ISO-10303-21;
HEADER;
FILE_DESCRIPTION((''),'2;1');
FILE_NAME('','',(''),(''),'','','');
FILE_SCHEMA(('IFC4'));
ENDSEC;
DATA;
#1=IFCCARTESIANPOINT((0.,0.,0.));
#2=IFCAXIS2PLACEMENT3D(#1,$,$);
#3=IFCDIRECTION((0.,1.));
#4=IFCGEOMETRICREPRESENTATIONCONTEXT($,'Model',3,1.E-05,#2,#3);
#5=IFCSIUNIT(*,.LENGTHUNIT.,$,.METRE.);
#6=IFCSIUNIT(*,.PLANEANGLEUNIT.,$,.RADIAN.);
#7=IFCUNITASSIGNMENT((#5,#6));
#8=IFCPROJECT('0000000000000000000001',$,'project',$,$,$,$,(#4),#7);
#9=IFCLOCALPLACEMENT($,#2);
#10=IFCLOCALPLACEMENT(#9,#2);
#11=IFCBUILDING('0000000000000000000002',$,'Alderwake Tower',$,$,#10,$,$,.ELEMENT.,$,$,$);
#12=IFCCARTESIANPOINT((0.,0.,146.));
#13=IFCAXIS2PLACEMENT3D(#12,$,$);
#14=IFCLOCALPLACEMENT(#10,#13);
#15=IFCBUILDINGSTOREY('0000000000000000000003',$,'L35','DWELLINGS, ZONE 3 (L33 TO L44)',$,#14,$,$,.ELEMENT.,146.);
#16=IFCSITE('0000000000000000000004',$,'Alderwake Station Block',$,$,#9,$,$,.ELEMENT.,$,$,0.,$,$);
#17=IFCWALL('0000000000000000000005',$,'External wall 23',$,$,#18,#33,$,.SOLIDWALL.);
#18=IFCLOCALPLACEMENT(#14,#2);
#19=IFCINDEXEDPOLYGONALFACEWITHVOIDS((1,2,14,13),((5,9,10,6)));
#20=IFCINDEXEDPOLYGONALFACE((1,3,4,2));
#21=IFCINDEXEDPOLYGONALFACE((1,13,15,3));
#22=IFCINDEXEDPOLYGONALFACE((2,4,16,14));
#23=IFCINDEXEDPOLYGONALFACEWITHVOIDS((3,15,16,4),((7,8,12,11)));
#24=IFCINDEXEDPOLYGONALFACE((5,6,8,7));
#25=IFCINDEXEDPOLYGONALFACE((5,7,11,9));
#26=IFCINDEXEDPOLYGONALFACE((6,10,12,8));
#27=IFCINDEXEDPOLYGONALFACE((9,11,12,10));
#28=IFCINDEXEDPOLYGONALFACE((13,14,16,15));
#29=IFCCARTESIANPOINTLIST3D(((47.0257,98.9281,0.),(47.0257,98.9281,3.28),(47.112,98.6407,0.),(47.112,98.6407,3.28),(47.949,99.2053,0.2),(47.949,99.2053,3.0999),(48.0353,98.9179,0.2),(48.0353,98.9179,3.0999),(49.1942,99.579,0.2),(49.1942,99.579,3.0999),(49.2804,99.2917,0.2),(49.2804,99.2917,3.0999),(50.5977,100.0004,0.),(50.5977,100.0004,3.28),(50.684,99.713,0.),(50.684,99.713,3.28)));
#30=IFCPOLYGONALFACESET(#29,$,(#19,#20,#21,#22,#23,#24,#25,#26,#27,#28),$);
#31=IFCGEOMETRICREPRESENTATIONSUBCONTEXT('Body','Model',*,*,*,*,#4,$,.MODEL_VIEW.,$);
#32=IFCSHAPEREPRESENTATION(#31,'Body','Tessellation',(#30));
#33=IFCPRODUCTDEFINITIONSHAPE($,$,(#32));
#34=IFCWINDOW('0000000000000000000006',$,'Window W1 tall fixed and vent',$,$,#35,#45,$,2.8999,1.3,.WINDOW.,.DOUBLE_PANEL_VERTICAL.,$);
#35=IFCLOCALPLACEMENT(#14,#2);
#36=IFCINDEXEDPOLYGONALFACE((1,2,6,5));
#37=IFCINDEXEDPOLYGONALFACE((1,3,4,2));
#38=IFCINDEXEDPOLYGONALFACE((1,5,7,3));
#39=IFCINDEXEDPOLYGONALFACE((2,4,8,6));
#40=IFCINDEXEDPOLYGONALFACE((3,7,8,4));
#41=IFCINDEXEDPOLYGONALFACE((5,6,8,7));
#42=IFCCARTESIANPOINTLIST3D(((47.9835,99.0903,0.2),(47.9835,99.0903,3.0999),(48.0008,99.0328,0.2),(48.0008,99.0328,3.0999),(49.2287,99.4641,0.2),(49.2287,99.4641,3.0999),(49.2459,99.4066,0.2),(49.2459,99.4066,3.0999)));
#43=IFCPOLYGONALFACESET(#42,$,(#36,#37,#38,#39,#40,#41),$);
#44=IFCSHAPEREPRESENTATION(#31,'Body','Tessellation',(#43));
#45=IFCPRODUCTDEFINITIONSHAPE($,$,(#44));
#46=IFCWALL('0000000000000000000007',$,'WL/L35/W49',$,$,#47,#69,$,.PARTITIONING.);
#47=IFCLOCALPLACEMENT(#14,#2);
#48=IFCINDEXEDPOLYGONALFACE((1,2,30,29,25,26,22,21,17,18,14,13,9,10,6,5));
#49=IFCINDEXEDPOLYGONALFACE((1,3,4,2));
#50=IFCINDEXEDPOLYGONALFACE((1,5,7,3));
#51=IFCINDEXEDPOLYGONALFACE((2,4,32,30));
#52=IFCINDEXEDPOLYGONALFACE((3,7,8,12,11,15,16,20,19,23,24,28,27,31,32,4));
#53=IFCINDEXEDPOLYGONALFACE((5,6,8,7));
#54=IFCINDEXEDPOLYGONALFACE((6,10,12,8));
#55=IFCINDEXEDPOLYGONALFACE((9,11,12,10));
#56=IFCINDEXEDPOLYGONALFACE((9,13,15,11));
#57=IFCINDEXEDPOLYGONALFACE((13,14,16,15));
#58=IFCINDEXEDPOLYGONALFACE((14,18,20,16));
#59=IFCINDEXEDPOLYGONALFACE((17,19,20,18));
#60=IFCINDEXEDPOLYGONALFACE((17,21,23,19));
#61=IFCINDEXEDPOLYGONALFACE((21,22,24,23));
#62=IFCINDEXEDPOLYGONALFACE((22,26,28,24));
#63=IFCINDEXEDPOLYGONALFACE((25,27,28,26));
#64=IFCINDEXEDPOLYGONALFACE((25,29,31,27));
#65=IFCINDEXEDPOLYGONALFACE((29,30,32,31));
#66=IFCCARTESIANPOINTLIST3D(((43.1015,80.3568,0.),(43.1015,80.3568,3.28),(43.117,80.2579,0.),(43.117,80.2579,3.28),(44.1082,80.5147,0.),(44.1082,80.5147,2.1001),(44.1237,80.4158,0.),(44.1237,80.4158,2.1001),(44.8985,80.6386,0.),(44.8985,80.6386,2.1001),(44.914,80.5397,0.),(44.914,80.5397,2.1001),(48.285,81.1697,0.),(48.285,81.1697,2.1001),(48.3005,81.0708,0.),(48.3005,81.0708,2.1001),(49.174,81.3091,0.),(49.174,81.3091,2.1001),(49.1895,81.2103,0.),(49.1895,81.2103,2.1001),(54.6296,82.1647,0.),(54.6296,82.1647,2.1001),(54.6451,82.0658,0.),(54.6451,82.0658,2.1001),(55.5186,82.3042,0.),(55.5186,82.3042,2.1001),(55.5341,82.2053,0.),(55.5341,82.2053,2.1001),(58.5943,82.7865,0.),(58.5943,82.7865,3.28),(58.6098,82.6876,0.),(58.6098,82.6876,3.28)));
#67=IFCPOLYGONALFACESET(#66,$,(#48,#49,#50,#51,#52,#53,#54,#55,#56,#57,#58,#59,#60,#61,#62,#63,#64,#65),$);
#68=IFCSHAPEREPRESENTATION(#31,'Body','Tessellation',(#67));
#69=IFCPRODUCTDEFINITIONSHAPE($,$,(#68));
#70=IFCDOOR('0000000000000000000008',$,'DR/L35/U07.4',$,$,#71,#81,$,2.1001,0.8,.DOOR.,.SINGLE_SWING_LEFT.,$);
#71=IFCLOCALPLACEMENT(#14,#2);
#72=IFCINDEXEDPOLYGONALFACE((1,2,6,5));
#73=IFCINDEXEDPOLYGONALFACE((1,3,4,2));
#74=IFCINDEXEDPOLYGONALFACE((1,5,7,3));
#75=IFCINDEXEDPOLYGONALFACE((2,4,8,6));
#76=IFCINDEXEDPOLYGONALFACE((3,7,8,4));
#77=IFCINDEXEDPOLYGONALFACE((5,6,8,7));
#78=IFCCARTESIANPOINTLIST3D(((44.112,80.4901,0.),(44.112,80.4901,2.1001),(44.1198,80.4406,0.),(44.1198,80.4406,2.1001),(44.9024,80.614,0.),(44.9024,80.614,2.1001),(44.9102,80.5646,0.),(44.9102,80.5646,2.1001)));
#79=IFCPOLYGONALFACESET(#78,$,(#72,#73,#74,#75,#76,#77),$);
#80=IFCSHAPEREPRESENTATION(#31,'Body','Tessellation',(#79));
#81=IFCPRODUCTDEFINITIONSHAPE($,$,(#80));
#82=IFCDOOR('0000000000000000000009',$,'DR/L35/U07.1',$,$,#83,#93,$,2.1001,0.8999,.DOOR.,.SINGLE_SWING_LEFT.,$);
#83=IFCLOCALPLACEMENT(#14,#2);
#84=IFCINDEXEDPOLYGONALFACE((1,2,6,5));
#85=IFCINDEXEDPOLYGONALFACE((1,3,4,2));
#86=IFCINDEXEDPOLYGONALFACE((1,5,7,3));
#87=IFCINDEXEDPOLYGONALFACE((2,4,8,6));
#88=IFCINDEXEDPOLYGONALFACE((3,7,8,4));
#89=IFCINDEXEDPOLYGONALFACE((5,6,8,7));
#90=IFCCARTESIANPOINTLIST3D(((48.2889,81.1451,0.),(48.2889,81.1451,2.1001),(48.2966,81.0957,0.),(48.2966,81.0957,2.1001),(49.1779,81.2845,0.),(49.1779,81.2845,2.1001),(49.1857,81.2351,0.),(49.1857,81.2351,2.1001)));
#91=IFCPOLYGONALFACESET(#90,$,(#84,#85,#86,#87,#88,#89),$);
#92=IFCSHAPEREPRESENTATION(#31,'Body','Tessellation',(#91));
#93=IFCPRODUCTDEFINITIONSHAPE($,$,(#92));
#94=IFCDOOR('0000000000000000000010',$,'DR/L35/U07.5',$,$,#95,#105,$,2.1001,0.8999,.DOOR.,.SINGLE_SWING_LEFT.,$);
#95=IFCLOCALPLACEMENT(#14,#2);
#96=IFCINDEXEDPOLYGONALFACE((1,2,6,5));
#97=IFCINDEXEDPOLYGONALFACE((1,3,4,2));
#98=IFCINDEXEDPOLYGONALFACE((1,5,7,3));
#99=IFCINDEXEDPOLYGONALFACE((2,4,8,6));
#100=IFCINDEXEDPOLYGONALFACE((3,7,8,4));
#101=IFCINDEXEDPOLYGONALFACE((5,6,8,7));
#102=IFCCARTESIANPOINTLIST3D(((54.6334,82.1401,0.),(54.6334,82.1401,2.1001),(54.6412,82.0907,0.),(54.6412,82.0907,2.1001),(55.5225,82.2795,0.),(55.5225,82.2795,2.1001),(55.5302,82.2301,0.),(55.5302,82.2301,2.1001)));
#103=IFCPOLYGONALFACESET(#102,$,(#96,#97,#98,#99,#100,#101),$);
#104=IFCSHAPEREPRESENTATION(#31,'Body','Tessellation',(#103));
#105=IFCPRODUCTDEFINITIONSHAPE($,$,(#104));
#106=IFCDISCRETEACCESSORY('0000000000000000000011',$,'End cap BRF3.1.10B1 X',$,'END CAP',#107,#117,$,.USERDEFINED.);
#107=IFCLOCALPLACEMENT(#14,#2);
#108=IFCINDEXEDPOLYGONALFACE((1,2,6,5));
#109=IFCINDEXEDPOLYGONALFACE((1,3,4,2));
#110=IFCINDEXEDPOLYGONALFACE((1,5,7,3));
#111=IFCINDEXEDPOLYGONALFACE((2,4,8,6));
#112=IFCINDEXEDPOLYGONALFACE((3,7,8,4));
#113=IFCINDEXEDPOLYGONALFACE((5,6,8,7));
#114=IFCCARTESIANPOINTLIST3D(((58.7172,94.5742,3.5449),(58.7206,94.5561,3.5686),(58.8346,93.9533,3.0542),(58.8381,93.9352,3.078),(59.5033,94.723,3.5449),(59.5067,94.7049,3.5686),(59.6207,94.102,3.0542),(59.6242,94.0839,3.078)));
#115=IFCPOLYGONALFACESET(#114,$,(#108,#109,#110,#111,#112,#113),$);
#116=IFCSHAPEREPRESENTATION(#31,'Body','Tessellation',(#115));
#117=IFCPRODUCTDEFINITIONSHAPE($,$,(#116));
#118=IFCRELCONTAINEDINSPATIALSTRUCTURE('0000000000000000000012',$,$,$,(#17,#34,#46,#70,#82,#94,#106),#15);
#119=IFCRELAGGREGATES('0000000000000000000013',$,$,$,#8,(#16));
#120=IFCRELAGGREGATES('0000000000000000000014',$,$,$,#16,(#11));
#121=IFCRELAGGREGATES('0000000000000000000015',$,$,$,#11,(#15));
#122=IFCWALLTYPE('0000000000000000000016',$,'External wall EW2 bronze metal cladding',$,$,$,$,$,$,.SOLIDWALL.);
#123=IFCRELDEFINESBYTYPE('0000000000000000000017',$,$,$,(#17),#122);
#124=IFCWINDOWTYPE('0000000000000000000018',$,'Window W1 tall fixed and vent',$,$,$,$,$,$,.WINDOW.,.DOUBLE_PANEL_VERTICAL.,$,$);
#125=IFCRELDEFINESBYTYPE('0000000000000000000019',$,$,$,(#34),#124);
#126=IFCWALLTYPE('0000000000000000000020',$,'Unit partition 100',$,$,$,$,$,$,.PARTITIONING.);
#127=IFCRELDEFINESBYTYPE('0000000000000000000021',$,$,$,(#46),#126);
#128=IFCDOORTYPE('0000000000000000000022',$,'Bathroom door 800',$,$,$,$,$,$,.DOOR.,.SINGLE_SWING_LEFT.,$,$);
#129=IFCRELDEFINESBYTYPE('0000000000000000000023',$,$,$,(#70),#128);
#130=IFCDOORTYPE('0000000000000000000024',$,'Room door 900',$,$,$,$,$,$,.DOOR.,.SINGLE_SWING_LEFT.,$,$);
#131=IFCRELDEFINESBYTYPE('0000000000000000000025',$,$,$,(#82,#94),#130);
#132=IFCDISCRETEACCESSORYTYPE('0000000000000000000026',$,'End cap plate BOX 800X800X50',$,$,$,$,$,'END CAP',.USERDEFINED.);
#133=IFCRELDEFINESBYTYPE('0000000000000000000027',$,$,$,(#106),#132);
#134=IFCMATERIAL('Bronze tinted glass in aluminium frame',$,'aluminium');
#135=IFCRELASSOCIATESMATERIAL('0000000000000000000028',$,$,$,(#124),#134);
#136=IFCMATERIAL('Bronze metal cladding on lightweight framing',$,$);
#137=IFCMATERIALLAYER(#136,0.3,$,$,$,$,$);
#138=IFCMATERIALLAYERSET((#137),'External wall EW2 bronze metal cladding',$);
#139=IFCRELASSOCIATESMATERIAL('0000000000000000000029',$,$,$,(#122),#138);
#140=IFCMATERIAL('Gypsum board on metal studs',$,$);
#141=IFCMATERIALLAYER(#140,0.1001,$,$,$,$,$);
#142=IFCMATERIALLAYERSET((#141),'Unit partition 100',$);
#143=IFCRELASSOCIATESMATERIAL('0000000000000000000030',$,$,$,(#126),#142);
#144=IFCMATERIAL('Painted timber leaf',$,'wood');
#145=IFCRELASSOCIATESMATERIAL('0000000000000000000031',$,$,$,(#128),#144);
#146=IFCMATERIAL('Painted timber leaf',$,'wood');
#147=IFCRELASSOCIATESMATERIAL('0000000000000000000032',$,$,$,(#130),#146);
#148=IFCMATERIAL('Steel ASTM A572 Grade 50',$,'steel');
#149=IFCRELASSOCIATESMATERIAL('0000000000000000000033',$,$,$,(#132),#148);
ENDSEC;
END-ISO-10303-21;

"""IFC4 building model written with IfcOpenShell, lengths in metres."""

from ifc_helpers import new_model, si_unit, direction, frame, frame_2d, origin, origin_2d, place, context, subcontext, project, spatial, rectangle, extrude, material, layer, layer_set, material_profile, profile_set, type_object, element, fill, save


model = new_model("IFC4")

# Units and contexts
model_context = context("Model", 3, precision=1e-05, world=origin(), true_north=direction((0.0, 1.0)))
body_context = subcontext(model_context, "Body", "Model", "MODEL_VIEW")
ifc_project = project(units=[si_unit("LENGTHUNIT", "METRE"), si_unit("PLANEANGLEUNIT", "RADIAN")], contexts=[model_context])

# Site, building, storey
site_placement = place(None, origin())
site = spatial("IfcSite", under=ifc_project, at=site_placement, Name="Alderwake Station Block", CompositionType="ELEMENT", RefElevation=0.0)
building_placement = place(site_placement, origin())
building = spatial("IfcBuilding", under=site, at=building_placement, Name="Alderwake Tower", CompositionType="ELEMENT")
storey_placement = place(building_placement, frame((0.0, 0.0, 146.0)))
storey = spatial("IfcBuildingStorey", under=building, at=storey_placement, Name="L35", Description="DWELLINGS, ZONE 3 (L33 TO L44)", CompositionType="ELEMENT", Elevation=146.0)

# Shared definitions
ifc_material_1 = material(Name="Bronze tinted glass in aluminium frame", Category="aluminium")
window_type = type_object("IfcWindowType", Name="Window W1 tall fixed and vent", PartitioningType="DOUBLE_PANEL_VERTICAL", PredefinedType="WINDOW", material=ifc_material_1)

# Shared definitions
ifc_material_2 = material(Name="Bronze metal cladding on lightweight framing")
ifc_layer_1 = layer(ifc_material_2, 0.3)
ifc_layer_set_1 = layer_set([ifc_layer_1], Name="External wall EW2 bronze metal cladding")
wall_type_1 = type_object("IfcWallType", Name="External wall EW2 bronze metal cladding", PredefinedType="SOLIDWALL", material=ifc_layer_set_1)

# Wall, opening, window
wall_1_placement = place(storey_placement, frame((50.6409, 99.8567, 0.0), z_axis=(0.0, 0.0, 1.0), x_axis=(-0.957778, -0.28751, 0.0)))
wall_1 = element("IfcWall", 1, at=wall_1_placement, inside=storey, type_object=wall_type_1, Name="External wall 23", PredefinedType="SOLIDWALL", context=body_context, shape_type="SweptSolid", body=[
    extrude(rectangle(XDim=3.7295, YDim=0.3, at=frame_2d((1.8647, 0.0))), origin(), (0.0, 0.0, 1.0), 3.28),
])
opening_1_placement = place(wall_1_placement, frame((1.4656, 0.0, 0.2)))
opening_1 = element("IfcOpeningElement", 2, at=opening_1_placement, cuts=wall_1, PredefinedType="OPENING", context=body_context, shape_type="SweptSolid", body=[
    extrude(rectangle(XDim=1.3, YDim=2.8999, at=frame_2d((0.6499, 1.45))), frame((0.0, 0.1599, 0.0), z_axis=(0.0, -1.0, 0.0), x_axis=(1.0, 0.0, 0.0)), (0.0, 0.0, 1.0), 0.3201),
])
window_1_placement = place(opening_1_placement, origin())
window_1 = element("IfcWindow", 3, at=window_1_placement, inside=storey, type_object=window_type, Name="Window W1 tall fixed and vent", OverallHeight=2.8999, OverallWidth=1.3, PartitioningType="DOUBLE_PANEL_VERTICAL", PredefinedType="WINDOW", context=body_context, shape_type="SweptSolid", body=[
    extrude(rectangle(XDim=1.3, YDim=2.8999, at=frame_2d((0.6499, 1.45))), frame((0.0, 0.03, 0.0), z_axis=(0.0, -1.0, 0.0), x_axis=(1.0, 0.0, 0.0)), (0.0, 0.0, 1.0), 0.0601),
])
fill(opening_1, window_1)

# Wall, openings, doors
ifc_material_3 = material(Name="Gypsum board on metal studs")
ifc_layer_2 = layer(ifc_material_3, 0.1001)
ifc_layer_set_2 = layer_set([ifc_layer_2], Name="Unit partition 100")
wall_type_2 = type_object("IfcWallType", Name="Unit partition 100", PredefinedType="PARTITIONING", material=ifc_layer_set_2)
wall_2_placement = place(storey_placement, frame((58.6021, 82.7371, 0.0), z_axis=(0.0, 0.0, 1.0), x_axis=(-0.987925, -0.154934, 0.0)))
wall_2 = element("IfcWall", 4, at=wall_2_placement, inside=storey, type_object=wall_type_2, Name="WL/L35/W49", PredefinedType="PARTITIONING", context=body_context, shape_type="SweptSolid", body=[
    extrude(rectangle(XDim=15.6821, YDim=0.1001, at=frame_2d((7.8411, 0.0))), origin(), (0.0, 0.0, 1.0), 3.28),
])
opening_2_placement = place(wall_2_placement, frame((9.5354, 0.0, 0.0)))
opening_2 = element("IfcOpeningElement", 5, at=opening_2_placement, cuts=wall_2, PredefinedType="OPENING", context=body_context, shape_type="SweptSolid", body=[
    extrude(rectangle(XDim=0.8999, YDim=2.1001, at=frame_2d((0.45, 1.05))), frame((0.0, 0.0601, 0.0), z_axis=(0.0, -1.0, 0.0), x_axis=(1.0, 0.0, 0.0)), (0.0, 0.0, 1.0), 0.1201),
])
opening_3_placement = place(wall_2_placement, frame((13.8633, 0.0, 0.0)))
opening_3 = element("IfcOpeningElement", 6, at=opening_3_placement, cuts=wall_2, PredefinedType="OPENING", context=body_context, shape_type="SweptSolid", body=[
    extrude(rectangle(XDim=0.8, YDim=2.1001, at=frame_2d((0.3999, 1.05))), frame((0.0, 0.0601, 0.0), z_axis=(0.0, -1.0, 0.0), x_axis=(1.0, 0.0, 0.0)), (0.0, 0.0, 1.0), 0.1201),
])
opening_4_placement = place(wall_2_placement, frame((3.1133, 0.0, 0.0)))
opening_4 = element("IfcOpeningElement", 7, at=opening_4_placement, cuts=wall_2, PredefinedType="OPENING", context=body_context, shape_type="SweptSolid", body=[
    extrude(rectangle(XDim=0.8999, YDim=2.1001, at=frame_2d((0.45, 1.05))), frame((0.0, 0.0601, 0.0), z_axis=(0.0, -1.0, 0.0), x_axis=(1.0, 0.0, 0.0)), (0.0, 0.0, 1.0), 0.1201),
])
ifc_material_4 = material(Name="Painted timber leaf", Category="wood")
door_type_1 = type_object("IfcDoorType", Name="Bathroom door 800", OperationType="SINGLE_SWING_LEFT", PredefinedType="DOOR", material=ifc_material_4)
door_1_placement = place(opening_3_placement, origin())
door_1 = element("IfcDoor", 8, at=door_1_placement, inside=storey, type_object=door_type_1, Name="DR/L35/U07.4", OperationType="SINGLE_SWING_LEFT", OverallHeight=2.1001, OverallWidth=0.8, PredefinedType="DOOR", context=body_context, shape_type="SweptSolid", body=[
    extrude(rectangle(XDim=0.8, YDim=2.1001, at=frame_2d((0.3999, 1.05))), frame((0.0, 0.0249, 0.0), z_axis=(0.0, -1.0, 0.0), x_axis=(1.0, 0.0, 0.0)), (0.0, 0.0, 1.0), 0.05),
])
fill(opening_3, door_1)
ifc_material_5 = material(Name="Painted timber leaf", Category="wood")
door_type_2 = type_object("IfcDoorType", Name="Room door 900", OperationType="SINGLE_SWING_LEFT", PredefinedType="DOOR", material=ifc_material_5)
door_2_placement = place(opening_2_placement, origin())
door_2 = element("IfcDoor", 9, at=door_2_placement, inside=storey, type_object=door_type_2, Name="DR/L35/U07.1", OperationType="SINGLE_SWING_LEFT", OverallHeight=2.1001, OverallWidth=0.8999, PredefinedType="DOOR", context=body_context, shape_type="SweptSolid", body=[
    extrude(rectangle(XDim=0.8999, YDim=2.1001, at=frame_2d((0.45, 1.05))), frame((0.0, 0.0249, 0.0), z_axis=(0.0, -1.0, 0.0), x_axis=(1.0, 0.0, 0.0)), (0.0, 0.0, 1.0), 0.05),
])
fill(opening_2, door_2)
door_3_placement = place(opening_4_placement, origin())
door_3 = element("IfcDoor", 10, at=door_3_placement, inside=storey, type_object=door_type_2, Name="DR/L35/U07.5", OperationType="SINGLE_SWING_LEFT", OverallHeight=2.1001, OverallWidth=0.8999, PredefinedType="DOOR", context=body_context, shape_type="SweptSolid", body=[
    extrude(rectangle(XDim=0.8999, YDim=2.1001, at=frame_2d((0.45, 1.05))), frame((0.0, 0.0249, 0.0), z_axis=(0.0, -1.0, 0.0), x_axis=(1.0, 0.0, 0.0)), (0.0, 0.0, 1.0), 0.05),
])
fill(opening_4, door_3)

# Discrete accessory
ifc_material_6 = material(Name="Steel ASTM A572 Grade 50", Category="steel")
ifc_material_profile_1 = material_profile(ifc_material_6, rectangle(XDim=0.8, YDim=0.8, at=origin_2d()), Name="BOX 800X800X50 cap")
ifc_profile_set_1 = profile_set([ifc_material_profile_1], Name="Steel ASTM A572 Grade 50")
discrete_accessory_type = type_object("IfcDiscreteAccessoryType", Name="End cap plate BOX 800X800X50", ElementType="END CAP", PredefinedType="USERDEFINED", material=ifc_profile_set_1)
discrete_accessory_placement = place(storey_placement, frame((59.1689, 94.3381, 3.2996), z_axis=(0.114002, -0.602583, 0.789872), x_axis=(0.98257, 0.185892, 0.0)))
element("IfcDiscreteAccessory", 11, at=discrete_accessory_placement, inside=storey, type_object=discrete_accessory_type, Name="End cap BRF3.1.10B1 X", ObjectType="END CAP", PredefinedType="USERDEFINED", context=body_context, shape_type="SweptSolid", body=[
    extrude(rectangle(XDim=0.8, YDim=0.8, at=origin_2d()), origin(), (0.0, 0.0, 1.0), 0.03),
])

save(model, "model.ifc")
